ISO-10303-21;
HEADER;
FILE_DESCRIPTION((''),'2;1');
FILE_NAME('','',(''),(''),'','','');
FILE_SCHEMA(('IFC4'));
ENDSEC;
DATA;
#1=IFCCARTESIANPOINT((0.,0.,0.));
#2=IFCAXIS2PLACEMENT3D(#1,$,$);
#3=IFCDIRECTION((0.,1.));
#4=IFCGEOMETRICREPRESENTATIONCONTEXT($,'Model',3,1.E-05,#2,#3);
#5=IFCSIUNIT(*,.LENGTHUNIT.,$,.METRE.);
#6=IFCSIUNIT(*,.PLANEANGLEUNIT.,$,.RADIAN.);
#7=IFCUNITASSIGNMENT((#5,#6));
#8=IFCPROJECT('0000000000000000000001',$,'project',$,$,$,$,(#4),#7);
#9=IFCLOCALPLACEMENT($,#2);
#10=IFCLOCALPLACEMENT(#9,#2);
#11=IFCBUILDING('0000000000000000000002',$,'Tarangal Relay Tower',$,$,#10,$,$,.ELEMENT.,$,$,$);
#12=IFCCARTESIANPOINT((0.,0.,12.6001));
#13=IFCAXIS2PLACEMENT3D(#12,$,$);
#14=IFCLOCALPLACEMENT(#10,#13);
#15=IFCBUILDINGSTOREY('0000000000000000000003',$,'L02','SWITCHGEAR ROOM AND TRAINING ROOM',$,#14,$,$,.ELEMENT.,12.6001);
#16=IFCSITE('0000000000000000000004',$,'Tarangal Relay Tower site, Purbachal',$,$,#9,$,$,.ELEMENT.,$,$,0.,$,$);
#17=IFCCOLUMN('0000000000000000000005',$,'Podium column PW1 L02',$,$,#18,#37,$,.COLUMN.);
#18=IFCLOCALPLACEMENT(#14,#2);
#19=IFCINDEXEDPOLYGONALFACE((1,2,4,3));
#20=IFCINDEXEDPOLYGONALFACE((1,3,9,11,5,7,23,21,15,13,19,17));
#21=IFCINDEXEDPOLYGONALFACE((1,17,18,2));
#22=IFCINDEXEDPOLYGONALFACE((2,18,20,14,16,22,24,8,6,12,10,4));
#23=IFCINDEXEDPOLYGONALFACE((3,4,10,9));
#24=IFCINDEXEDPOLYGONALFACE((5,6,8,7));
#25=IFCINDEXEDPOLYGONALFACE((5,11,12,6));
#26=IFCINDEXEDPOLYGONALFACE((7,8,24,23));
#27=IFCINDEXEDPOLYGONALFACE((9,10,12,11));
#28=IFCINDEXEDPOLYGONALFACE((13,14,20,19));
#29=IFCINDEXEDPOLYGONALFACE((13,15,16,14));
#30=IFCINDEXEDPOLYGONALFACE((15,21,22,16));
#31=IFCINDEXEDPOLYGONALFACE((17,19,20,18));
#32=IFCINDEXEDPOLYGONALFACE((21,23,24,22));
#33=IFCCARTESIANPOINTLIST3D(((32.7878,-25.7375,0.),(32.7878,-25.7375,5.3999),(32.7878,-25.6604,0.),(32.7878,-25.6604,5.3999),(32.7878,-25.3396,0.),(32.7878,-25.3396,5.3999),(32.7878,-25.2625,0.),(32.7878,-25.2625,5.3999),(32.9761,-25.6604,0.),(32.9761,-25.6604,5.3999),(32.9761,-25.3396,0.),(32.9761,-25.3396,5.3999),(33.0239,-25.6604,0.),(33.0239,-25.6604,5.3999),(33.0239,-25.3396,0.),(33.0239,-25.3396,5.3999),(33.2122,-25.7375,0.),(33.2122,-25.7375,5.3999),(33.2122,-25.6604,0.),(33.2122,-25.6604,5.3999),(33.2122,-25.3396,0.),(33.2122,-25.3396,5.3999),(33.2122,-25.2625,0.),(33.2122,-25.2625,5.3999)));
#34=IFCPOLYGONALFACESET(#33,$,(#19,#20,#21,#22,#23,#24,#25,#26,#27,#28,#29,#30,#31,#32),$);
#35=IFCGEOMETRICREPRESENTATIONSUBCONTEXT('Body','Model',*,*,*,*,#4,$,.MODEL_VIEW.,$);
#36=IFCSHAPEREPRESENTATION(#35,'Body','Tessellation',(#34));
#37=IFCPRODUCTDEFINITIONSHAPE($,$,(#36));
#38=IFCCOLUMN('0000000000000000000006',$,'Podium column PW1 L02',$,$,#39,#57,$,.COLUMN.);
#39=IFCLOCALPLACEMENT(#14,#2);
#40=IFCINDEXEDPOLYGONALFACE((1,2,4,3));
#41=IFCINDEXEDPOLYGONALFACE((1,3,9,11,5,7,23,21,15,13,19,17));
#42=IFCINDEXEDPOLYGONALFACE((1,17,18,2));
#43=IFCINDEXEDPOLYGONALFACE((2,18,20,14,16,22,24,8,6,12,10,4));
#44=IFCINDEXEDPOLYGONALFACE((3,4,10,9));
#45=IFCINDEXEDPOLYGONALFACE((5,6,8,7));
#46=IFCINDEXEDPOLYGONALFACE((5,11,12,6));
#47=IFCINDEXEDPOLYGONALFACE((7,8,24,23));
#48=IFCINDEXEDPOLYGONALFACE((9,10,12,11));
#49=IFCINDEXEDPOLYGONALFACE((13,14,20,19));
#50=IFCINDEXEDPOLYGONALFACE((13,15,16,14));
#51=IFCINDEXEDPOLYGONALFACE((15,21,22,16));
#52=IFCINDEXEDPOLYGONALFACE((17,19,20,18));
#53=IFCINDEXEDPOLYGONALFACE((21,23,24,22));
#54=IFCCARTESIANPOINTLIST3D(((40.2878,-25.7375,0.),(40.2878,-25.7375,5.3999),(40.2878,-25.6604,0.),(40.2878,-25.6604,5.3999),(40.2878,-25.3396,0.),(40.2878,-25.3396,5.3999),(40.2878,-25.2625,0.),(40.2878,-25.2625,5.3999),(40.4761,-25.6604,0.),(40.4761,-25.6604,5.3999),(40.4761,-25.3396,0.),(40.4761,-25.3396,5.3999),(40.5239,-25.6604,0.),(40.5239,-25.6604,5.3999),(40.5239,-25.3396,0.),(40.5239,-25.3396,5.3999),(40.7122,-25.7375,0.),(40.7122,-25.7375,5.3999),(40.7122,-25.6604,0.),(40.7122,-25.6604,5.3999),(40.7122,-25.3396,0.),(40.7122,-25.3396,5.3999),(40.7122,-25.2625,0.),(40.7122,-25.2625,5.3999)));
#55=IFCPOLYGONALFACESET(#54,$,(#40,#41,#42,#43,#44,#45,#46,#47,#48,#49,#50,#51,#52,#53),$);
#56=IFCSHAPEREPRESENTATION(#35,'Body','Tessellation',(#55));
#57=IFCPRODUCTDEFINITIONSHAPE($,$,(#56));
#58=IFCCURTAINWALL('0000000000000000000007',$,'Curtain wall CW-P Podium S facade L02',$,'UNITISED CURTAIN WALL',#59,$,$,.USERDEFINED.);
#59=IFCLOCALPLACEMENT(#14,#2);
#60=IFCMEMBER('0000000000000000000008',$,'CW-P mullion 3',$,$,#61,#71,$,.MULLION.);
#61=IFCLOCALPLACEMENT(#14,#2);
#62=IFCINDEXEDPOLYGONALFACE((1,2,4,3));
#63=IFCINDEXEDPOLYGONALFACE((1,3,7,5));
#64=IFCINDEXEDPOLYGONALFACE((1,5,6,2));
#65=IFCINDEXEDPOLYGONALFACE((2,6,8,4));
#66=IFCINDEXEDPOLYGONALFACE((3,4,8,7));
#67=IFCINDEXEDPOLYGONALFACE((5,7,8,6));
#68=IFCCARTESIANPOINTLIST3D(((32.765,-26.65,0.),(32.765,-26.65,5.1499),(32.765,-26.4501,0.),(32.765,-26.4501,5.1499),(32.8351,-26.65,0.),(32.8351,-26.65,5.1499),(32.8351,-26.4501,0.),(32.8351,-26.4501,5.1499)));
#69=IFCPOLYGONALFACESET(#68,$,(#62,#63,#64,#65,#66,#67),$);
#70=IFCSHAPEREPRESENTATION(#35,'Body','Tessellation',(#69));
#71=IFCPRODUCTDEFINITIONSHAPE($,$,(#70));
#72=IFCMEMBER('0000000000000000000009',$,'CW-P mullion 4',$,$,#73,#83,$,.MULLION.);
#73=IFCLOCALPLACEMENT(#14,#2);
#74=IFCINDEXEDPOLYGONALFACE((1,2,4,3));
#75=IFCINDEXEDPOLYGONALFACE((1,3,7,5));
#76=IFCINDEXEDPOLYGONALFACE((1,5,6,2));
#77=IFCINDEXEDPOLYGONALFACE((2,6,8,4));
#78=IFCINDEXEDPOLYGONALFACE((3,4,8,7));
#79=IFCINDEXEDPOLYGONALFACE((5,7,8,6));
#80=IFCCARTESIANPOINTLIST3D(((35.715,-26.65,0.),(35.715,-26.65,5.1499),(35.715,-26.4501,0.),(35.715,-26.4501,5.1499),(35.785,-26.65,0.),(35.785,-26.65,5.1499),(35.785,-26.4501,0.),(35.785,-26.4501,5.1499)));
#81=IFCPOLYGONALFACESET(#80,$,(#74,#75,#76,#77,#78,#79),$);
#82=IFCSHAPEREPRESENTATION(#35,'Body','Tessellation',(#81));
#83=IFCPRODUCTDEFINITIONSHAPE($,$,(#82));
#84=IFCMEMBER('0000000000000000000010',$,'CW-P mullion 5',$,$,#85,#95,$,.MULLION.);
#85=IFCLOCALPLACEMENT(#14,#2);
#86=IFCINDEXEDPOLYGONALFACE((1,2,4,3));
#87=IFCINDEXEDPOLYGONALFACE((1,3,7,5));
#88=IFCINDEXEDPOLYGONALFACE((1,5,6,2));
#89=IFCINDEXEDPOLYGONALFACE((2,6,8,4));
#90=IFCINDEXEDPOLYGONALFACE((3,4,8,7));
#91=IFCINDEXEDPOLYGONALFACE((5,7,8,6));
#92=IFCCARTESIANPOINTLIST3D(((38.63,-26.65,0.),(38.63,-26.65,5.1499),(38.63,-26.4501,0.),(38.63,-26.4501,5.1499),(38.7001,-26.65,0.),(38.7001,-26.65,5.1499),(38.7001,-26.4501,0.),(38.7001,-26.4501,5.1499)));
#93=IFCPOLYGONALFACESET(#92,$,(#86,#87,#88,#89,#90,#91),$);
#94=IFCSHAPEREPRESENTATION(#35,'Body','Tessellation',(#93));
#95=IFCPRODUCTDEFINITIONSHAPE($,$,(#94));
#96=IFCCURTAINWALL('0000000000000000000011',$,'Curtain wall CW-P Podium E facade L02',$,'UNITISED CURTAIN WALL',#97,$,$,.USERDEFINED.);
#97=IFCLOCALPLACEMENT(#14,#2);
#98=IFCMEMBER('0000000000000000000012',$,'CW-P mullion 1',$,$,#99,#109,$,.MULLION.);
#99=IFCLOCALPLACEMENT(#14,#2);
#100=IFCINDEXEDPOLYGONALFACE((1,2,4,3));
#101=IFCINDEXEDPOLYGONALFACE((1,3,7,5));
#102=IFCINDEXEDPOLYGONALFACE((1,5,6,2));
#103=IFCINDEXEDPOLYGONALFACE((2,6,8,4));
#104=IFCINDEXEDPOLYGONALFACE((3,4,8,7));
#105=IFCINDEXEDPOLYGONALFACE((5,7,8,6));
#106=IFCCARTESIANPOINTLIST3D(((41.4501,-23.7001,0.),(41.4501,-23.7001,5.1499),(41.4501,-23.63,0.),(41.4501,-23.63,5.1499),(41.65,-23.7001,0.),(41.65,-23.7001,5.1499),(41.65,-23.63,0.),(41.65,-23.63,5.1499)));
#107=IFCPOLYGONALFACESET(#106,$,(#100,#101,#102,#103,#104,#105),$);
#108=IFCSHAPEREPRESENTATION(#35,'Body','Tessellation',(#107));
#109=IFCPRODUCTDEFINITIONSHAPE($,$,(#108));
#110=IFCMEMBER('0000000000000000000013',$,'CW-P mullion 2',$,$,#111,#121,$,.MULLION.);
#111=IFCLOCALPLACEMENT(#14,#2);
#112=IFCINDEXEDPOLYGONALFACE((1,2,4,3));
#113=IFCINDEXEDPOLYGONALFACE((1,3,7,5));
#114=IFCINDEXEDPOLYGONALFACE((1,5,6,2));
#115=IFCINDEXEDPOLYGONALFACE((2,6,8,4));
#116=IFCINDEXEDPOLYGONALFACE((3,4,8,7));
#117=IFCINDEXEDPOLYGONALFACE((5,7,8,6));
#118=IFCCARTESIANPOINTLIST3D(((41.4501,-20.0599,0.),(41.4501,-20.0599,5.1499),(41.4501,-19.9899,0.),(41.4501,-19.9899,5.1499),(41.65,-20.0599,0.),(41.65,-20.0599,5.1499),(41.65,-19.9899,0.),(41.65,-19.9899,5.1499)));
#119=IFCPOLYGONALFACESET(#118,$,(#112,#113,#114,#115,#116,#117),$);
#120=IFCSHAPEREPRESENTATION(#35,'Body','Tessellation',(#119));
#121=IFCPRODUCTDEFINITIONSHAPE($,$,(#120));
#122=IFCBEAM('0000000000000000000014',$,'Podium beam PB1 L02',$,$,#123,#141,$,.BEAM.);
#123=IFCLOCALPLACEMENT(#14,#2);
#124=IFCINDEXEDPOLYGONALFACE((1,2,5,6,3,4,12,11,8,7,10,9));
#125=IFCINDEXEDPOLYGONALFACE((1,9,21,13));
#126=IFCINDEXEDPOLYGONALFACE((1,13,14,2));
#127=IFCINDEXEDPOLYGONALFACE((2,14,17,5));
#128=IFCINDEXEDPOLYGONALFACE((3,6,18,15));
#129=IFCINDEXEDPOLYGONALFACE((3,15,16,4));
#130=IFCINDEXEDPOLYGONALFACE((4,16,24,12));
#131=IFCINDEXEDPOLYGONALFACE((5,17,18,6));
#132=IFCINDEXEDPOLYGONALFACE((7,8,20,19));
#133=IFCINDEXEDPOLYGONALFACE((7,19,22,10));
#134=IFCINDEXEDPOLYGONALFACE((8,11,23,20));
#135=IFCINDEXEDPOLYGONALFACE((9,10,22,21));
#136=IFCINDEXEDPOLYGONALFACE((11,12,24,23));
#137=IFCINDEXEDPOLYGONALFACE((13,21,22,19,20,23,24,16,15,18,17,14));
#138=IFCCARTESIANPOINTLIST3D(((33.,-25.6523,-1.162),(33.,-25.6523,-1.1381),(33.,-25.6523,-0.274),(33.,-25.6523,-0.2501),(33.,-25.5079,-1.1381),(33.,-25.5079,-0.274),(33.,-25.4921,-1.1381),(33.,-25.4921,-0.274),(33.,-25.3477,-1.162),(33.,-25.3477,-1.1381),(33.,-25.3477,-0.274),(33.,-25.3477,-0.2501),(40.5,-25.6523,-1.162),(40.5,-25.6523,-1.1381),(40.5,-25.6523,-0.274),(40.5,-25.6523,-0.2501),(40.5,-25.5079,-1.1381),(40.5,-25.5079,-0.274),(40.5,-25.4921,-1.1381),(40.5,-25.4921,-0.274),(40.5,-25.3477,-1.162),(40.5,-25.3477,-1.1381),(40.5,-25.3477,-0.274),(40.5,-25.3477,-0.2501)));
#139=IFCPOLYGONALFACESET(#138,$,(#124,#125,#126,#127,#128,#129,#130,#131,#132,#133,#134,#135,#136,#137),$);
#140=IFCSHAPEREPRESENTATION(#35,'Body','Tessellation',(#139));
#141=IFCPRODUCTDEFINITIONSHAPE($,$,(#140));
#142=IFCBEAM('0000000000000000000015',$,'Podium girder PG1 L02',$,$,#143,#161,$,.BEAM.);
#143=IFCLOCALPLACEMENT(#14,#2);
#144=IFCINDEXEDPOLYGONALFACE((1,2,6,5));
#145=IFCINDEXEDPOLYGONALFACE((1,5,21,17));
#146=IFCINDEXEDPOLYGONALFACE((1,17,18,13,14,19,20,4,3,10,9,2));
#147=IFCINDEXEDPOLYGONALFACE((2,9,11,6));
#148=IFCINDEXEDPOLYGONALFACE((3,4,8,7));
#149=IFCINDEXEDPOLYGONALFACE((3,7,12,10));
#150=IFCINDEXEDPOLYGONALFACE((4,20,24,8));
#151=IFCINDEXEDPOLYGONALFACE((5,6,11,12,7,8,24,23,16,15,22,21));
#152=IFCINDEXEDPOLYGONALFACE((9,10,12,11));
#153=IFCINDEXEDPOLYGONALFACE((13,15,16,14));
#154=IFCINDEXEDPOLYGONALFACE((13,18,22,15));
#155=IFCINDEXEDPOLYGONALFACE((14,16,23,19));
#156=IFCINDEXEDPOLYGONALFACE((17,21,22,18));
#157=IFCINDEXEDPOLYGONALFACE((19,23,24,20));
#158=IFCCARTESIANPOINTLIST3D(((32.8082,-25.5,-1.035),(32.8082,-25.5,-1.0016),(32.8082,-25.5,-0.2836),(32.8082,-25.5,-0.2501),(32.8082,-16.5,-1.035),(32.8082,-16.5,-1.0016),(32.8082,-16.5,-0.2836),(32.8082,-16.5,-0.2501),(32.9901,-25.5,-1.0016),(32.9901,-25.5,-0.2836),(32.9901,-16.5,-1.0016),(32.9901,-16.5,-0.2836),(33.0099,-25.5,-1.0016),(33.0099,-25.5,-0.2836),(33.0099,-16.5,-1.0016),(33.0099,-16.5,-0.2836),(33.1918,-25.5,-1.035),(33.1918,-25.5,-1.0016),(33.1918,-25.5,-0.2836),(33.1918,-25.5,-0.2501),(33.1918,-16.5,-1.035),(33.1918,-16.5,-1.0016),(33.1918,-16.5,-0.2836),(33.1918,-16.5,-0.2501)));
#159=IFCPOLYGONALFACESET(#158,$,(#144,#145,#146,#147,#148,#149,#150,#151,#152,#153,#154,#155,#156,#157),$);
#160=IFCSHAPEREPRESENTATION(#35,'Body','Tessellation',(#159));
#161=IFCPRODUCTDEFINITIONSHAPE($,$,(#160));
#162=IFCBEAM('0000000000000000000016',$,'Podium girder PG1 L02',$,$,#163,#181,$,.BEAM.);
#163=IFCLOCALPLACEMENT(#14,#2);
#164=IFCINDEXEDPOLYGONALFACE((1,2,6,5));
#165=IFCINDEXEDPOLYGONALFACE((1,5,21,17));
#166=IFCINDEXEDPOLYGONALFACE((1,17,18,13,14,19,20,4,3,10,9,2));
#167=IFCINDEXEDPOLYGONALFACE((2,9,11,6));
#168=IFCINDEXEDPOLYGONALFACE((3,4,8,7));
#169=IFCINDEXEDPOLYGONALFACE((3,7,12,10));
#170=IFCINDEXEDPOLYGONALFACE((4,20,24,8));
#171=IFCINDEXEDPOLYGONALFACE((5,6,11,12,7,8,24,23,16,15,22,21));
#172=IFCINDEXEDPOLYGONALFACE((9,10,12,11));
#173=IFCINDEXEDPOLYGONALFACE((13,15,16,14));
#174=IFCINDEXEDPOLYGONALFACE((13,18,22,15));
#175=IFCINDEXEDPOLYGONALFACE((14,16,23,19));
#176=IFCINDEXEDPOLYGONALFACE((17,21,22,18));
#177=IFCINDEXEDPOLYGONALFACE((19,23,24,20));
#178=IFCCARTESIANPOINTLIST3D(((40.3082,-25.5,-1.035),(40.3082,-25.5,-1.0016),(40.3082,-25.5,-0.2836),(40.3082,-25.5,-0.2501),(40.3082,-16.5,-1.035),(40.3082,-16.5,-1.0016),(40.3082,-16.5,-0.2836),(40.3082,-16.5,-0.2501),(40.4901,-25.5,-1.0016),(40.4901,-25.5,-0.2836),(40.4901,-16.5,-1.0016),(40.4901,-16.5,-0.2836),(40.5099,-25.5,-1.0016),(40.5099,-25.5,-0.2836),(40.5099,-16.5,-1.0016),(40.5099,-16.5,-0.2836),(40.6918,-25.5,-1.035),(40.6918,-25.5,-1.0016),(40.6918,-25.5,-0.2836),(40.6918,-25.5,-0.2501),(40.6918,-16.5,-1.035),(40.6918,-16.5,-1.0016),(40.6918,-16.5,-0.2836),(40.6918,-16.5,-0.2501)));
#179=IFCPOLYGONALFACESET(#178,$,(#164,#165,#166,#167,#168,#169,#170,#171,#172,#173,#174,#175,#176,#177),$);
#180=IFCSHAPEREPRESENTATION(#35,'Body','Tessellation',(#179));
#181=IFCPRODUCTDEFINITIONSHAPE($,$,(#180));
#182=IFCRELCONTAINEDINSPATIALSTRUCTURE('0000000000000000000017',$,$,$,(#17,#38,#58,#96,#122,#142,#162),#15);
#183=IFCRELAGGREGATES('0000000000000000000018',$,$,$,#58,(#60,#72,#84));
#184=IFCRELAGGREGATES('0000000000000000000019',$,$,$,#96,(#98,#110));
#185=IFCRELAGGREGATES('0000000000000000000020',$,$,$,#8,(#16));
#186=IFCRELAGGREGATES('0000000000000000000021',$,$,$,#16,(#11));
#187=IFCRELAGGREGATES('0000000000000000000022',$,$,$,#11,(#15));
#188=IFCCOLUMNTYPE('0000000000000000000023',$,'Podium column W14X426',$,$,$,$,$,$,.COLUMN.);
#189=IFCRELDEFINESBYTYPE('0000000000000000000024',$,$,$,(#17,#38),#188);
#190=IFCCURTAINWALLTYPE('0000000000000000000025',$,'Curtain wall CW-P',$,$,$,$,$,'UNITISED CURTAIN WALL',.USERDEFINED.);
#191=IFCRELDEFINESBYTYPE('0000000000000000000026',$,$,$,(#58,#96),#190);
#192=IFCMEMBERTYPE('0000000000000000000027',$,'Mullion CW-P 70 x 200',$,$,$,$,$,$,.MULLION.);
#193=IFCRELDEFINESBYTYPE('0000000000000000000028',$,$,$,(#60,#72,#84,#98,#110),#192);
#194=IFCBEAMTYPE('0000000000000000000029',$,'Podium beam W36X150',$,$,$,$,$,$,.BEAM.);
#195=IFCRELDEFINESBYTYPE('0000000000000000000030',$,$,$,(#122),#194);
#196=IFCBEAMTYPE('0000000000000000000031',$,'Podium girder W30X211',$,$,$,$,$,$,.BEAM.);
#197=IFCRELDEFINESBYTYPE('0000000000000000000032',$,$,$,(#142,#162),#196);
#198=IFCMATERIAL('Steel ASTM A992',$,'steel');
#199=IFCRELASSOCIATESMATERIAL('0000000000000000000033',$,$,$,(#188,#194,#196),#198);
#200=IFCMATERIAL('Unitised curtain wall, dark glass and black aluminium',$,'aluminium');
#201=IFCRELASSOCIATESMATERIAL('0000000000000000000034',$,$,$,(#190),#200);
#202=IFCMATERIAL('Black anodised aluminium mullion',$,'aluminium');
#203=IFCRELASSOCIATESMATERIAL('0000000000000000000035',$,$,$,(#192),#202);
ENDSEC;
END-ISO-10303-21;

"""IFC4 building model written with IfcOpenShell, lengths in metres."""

from ifc_helpers import new_model, si_unit, direction, frame, origin, origin_2d, place, context, subcontext, project, spatial, rectangle, i_section, extrude, material, material_profile, profile_set, type_object, element, aggregate, save


model = new_model("IFC4")

# Units and contexts
model_context = context("Model", 3, precision=1e-05, world=origin(), true_north=direction((0.0, 1.0)))
body_context = subcontext(model_context, "Body", "Model", "MODEL_VIEW")
ifc_project = project(units=[si_unit("LENGTHUNIT", "METRE"), si_unit("PLANEANGLEUNIT", "RADIAN")], contexts=[model_context])

# Site, building, storey
site_placement = place(None, origin())
site = spatial("IfcSite", under=ifc_project, at=site_placement, Name="Tarangal Relay Tower site, Purbachal", CompositionType="ELEMENT", RefElevation=0.0)
building_placement = place(site_placement, origin())
building = spatial("IfcBuilding", under=site, at=building_placement, Name="Tarangal Relay Tower", CompositionType="ELEMENT")
storey_placement = place(building_placement, frame((0.0, 0.0, 12.6001)))
storey = spatial("IfcBuildingStorey", under=building, at=storey_placement, Name="L02", Description="SWITCHGEAR ROOM AND TRAINING ROOM", CompositionType="ELEMENT", Elevation=12.6001)

# Columns
ifc_material_1 = material(Name="Steel ASTM A992", Category="steel")
ifc_material_profile_1 = material_profile(ifc_material_1, i_section(OverallWidth=0.4243, OverallDepth=0.4751, WebThickness=0.0479, FlangeThickness=0.0771, at=origin_2d()), Name="W14X426")
ifc_profile_set_1 = profile_set([ifc_material_profile_1], Name="Steel ASTM A992")
column_type = type_object("IfcColumnType", Name="Podium column W14X426", PredefinedType="COLUMN", material=ifc_profile_set_1)
for number, where, z_axis, x_axis, name in (
    (1, (33.0, -25.5, 0.0), (0.0, 0.0, 1.0), (1.0, 0.0, 0.0), "Podium column PW1 L02"),
    (2, (40.5, -25.5, 0.0), (0.0, 0.0, 1.0), (1.0, 0.0, 0.0), "Podium column PW1 L02"),
):
    element("IfcColumn", number, at=place(storey_placement, frame(where, z_axis=z_axis, x_axis=x_axis)), inside=storey, type_object=column_type, Name=name, PredefinedType="COLUMN", context=body_context, shape_type="SweptSolid", body=[
        extrude(i_section(OverallWidth=0.4243, OverallDepth=0.4751, WebThickness=0.0479, FlangeThickness=0.0771, at=origin_2d()), origin(), (0.0, 0.0, 1.0), 5.3999),
    ])

# Curtain walls, members
ifc_material_2 = material(Name="Unitised curtain wall, dark glass and black aluminium", Category="aluminium")
curtain_wall_type = type_object("IfcCurtainWallType", Name="Curtain wall CW-P", ElementType="UNITISED CURTAIN WALL", PredefinedType="USERDEFINED", material=ifc_material_2)
curtain_wall_1_placement = place(storey_placement, origin())
curtain_wall_1 = element("IfcCurtainWall", 3, at=curtain_wall_1_placement, inside=storey, type_object=curtain_wall_type, Name="Curtain wall CW-P Podium S facade L02", ObjectType="UNITISED CURTAIN WALL", PredefinedType="USERDEFINED")
ifc_material_3 = material(Name="Black anodised aluminium mullion", Category="aluminium")
ifc_material_profile_2 = material_profile(ifc_material_3, rectangle(XDim=0.2, YDim=0.0701, at=origin_2d()), Name="CW-PM 70X200")
ifc_profile_set_2 = profile_set([ifc_material_profile_2], Name="Black anodised aluminium mullion")
member_type_1 = type_object("IfcMemberType", Name="Mullion CW-P 70 x 200", PredefinedType="MULLION", material=ifc_profile_set_2)
member_1_placement = place(storey_placement, frame((32.8, -26.55, 0.0), z_axis=(0.0, 0.0, 1.0), x_axis=(0.0, 1.0, 0.0)))
member_1 = element("IfcMember", 4, at=member_1_placement, type_object=member_type_1, Name="CW-P mullion 3", PredefinedType="MULLION", context=body_context, shape_type="SweptSolid", body=[
    extrude(rectangle(XDim=0.2, YDim=0.0701, at=origin_2d()), origin(), (0.0, 0.0, 1.0), 5.1499),
])
member_2_placement = place(storey_placement, frame((35.75, -26.55, 0.0), z_axis=(0.0, 0.0, 1.0), x_axis=(0.0, 1.0, 0.0)))
member_2 = element("IfcMember", 5, at=member_2_placement, type_object=member_type_1, Name="CW-P mullion 4", PredefinedType="MULLION", context=body_context, shape_type="SweptSolid", body=[
    extrude(rectangle(XDim=0.2, YDim=0.0701, at=origin_2d()), origin(), (0.0, 0.0, 1.0), 5.1499),
])
member_3_placement = place(storey_placement, frame((38.665, -26.55, 0.0), z_axis=(0.0, 0.0, 1.0), x_axis=(0.0, 1.0, 0.0)))
member_3 = element("IfcMember", 6, at=member_3_placement, type_object=member_type_1, Name="CW-P mullion 5", PredefinedType="MULLION", context=body_context, shape_type="SweptSolid", body=[
    extrude(rectangle(XDim=0.2, YDim=0.0701, at=origin_2d()), origin(), (0.0, 0.0, 1.0), 5.1499),
])
curtain_wall_2_placement = place(storey_placement, origin())
curtain_wall_2 = element("IfcCurtainWall", 7, at=curtain_wall_2_placement, inside=storey, type_object=curtain_wall_type, Name="Curtain wall CW-P Podium E facade L02", ObjectType="UNITISED CURTAIN WALL", PredefinedType="USERDEFINED")
member_4_placement = place(storey_placement, frame((41.55, -23.665, 0.0), z_axis=(0.0, 0.0, 1.0), x_axis=(-1.0, 0.0, 0.0)))
member_4 = element("IfcMember", 8, at=member_4_placement, type_object=member_type_1, Name="CW-P mullion 1", PredefinedType="MULLION", context=body_context, shape_type="SweptSolid", body=[
    extrude(rectangle(XDim=0.2, YDim=0.0701, at=origin_2d()), origin(), (0.0, 0.0, 1.0), 5.1499),
])
member_5_placement = place(storey_placement, frame((41.55, -20.0249, 0.0), z_axis=(0.0, 0.0, 1.0), x_axis=(-1.0, 0.0, 0.0)))
member_5 = element("IfcMember", 9, at=member_5_placement, type_object=member_type_1, Name="CW-P mullion 2", PredefinedType="MULLION", context=body_context, shape_type="SweptSolid", body=[
    extrude(rectangle(XDim=0.2, YDim=0.0701, at=origin_2d()), origin(), (0.0, 0.0, 1.0), 5.1499),
])

# Beams
ifc_material_profile_3 = material_profile(ifc_material_1, i_section(OverallWidth=0.3047, OverallDepth=0.9119, WebThickness=0.0159, FlangeThickness=0.0239, at=origin_2d()), Name="W36X150")
ifc_profile_set_3 = profile_set([ifc_material_profile_3], Name="Steel ASTM A992")
beam_type_1 = type_object("IfcBeamType", Name="Podium beam W36X150", PredefinedType="BEAM", material=ifc_profile_set_3)
beam_1_placement = place(storey_placement, frame((33.0, -25.5, -0.7061), z_axis=(1.0, 0.0, 0.0), x_axis=(0.0, 1.0, 0.0)))
element("IfcBeam", 10, at=beam_1_placement, inside=storey, type_object=beam_type_1, Name="Podium beam PB1 L02", PredefinedType="BEAM", context=body_context, shape_type="SweptSolid", body=[
    extrude(i_section(OverallWidth=0.3047, OverallDepth=0.9119, WebThickness=0.0159, FlangeThickness=0.0239, at=origin_2d()), origin(), (0.0, 0.0, 1.0), 7.5),
])
ifc_material_profile_4 = material_profile(ifc_material_1, i_section(OverallWidth=0.3835, OverallDepth=0.7849, WebThickness=0.0198, FlangeThickness=0.0334, at=origin_2d()), Name="W30X211")
ifc_profile_set_4 = profile_set([ifc_material_profile_4], Name="Steel ASTM A992")
beam_type_2 = type_object("IfcBeamType", Name="Podium girder W30X211", PredefinedType="BEAM", material=ifc_profile_set_4)
for number, where, z_axis, x_axis, name in (
    (11, (33.0, -25.5, -0.6426), (0.0, 1.0, 0.0), (-1.0, 0.0, 0.0), "Podium girder PG1 L02"),
    (12, (40.5, -25.5, -0.6426), (0.0, 1.0, 0.0), (-1.0, 0.0, 0.0), "Podium girder PG1 L02"),
):
    element("IfcBeam", number, at=place(storey_placement, frame(where, z_axis=z_axis, x_axis=x_axis)), inside=storey, type_object=beam_type_2, Name=name, PredefinedType="BEAM", context=body_context, shape_type="SweptSolid", body=[
        extrude(i_section(OverallWidth=0.3835, OverallDepth=0.7849, WebThickness=0.0198, FlangeThickness=0.0334, at=origin_2d()), origin(), (0.0, 0.0, 1.0), 9.0),
    ])

aggregate(curtain_wall_1, [member_1, member_2, member_3])
aggregate(curtain_wall_2, [member_4, member_5])

save(model, "model.ifc")
